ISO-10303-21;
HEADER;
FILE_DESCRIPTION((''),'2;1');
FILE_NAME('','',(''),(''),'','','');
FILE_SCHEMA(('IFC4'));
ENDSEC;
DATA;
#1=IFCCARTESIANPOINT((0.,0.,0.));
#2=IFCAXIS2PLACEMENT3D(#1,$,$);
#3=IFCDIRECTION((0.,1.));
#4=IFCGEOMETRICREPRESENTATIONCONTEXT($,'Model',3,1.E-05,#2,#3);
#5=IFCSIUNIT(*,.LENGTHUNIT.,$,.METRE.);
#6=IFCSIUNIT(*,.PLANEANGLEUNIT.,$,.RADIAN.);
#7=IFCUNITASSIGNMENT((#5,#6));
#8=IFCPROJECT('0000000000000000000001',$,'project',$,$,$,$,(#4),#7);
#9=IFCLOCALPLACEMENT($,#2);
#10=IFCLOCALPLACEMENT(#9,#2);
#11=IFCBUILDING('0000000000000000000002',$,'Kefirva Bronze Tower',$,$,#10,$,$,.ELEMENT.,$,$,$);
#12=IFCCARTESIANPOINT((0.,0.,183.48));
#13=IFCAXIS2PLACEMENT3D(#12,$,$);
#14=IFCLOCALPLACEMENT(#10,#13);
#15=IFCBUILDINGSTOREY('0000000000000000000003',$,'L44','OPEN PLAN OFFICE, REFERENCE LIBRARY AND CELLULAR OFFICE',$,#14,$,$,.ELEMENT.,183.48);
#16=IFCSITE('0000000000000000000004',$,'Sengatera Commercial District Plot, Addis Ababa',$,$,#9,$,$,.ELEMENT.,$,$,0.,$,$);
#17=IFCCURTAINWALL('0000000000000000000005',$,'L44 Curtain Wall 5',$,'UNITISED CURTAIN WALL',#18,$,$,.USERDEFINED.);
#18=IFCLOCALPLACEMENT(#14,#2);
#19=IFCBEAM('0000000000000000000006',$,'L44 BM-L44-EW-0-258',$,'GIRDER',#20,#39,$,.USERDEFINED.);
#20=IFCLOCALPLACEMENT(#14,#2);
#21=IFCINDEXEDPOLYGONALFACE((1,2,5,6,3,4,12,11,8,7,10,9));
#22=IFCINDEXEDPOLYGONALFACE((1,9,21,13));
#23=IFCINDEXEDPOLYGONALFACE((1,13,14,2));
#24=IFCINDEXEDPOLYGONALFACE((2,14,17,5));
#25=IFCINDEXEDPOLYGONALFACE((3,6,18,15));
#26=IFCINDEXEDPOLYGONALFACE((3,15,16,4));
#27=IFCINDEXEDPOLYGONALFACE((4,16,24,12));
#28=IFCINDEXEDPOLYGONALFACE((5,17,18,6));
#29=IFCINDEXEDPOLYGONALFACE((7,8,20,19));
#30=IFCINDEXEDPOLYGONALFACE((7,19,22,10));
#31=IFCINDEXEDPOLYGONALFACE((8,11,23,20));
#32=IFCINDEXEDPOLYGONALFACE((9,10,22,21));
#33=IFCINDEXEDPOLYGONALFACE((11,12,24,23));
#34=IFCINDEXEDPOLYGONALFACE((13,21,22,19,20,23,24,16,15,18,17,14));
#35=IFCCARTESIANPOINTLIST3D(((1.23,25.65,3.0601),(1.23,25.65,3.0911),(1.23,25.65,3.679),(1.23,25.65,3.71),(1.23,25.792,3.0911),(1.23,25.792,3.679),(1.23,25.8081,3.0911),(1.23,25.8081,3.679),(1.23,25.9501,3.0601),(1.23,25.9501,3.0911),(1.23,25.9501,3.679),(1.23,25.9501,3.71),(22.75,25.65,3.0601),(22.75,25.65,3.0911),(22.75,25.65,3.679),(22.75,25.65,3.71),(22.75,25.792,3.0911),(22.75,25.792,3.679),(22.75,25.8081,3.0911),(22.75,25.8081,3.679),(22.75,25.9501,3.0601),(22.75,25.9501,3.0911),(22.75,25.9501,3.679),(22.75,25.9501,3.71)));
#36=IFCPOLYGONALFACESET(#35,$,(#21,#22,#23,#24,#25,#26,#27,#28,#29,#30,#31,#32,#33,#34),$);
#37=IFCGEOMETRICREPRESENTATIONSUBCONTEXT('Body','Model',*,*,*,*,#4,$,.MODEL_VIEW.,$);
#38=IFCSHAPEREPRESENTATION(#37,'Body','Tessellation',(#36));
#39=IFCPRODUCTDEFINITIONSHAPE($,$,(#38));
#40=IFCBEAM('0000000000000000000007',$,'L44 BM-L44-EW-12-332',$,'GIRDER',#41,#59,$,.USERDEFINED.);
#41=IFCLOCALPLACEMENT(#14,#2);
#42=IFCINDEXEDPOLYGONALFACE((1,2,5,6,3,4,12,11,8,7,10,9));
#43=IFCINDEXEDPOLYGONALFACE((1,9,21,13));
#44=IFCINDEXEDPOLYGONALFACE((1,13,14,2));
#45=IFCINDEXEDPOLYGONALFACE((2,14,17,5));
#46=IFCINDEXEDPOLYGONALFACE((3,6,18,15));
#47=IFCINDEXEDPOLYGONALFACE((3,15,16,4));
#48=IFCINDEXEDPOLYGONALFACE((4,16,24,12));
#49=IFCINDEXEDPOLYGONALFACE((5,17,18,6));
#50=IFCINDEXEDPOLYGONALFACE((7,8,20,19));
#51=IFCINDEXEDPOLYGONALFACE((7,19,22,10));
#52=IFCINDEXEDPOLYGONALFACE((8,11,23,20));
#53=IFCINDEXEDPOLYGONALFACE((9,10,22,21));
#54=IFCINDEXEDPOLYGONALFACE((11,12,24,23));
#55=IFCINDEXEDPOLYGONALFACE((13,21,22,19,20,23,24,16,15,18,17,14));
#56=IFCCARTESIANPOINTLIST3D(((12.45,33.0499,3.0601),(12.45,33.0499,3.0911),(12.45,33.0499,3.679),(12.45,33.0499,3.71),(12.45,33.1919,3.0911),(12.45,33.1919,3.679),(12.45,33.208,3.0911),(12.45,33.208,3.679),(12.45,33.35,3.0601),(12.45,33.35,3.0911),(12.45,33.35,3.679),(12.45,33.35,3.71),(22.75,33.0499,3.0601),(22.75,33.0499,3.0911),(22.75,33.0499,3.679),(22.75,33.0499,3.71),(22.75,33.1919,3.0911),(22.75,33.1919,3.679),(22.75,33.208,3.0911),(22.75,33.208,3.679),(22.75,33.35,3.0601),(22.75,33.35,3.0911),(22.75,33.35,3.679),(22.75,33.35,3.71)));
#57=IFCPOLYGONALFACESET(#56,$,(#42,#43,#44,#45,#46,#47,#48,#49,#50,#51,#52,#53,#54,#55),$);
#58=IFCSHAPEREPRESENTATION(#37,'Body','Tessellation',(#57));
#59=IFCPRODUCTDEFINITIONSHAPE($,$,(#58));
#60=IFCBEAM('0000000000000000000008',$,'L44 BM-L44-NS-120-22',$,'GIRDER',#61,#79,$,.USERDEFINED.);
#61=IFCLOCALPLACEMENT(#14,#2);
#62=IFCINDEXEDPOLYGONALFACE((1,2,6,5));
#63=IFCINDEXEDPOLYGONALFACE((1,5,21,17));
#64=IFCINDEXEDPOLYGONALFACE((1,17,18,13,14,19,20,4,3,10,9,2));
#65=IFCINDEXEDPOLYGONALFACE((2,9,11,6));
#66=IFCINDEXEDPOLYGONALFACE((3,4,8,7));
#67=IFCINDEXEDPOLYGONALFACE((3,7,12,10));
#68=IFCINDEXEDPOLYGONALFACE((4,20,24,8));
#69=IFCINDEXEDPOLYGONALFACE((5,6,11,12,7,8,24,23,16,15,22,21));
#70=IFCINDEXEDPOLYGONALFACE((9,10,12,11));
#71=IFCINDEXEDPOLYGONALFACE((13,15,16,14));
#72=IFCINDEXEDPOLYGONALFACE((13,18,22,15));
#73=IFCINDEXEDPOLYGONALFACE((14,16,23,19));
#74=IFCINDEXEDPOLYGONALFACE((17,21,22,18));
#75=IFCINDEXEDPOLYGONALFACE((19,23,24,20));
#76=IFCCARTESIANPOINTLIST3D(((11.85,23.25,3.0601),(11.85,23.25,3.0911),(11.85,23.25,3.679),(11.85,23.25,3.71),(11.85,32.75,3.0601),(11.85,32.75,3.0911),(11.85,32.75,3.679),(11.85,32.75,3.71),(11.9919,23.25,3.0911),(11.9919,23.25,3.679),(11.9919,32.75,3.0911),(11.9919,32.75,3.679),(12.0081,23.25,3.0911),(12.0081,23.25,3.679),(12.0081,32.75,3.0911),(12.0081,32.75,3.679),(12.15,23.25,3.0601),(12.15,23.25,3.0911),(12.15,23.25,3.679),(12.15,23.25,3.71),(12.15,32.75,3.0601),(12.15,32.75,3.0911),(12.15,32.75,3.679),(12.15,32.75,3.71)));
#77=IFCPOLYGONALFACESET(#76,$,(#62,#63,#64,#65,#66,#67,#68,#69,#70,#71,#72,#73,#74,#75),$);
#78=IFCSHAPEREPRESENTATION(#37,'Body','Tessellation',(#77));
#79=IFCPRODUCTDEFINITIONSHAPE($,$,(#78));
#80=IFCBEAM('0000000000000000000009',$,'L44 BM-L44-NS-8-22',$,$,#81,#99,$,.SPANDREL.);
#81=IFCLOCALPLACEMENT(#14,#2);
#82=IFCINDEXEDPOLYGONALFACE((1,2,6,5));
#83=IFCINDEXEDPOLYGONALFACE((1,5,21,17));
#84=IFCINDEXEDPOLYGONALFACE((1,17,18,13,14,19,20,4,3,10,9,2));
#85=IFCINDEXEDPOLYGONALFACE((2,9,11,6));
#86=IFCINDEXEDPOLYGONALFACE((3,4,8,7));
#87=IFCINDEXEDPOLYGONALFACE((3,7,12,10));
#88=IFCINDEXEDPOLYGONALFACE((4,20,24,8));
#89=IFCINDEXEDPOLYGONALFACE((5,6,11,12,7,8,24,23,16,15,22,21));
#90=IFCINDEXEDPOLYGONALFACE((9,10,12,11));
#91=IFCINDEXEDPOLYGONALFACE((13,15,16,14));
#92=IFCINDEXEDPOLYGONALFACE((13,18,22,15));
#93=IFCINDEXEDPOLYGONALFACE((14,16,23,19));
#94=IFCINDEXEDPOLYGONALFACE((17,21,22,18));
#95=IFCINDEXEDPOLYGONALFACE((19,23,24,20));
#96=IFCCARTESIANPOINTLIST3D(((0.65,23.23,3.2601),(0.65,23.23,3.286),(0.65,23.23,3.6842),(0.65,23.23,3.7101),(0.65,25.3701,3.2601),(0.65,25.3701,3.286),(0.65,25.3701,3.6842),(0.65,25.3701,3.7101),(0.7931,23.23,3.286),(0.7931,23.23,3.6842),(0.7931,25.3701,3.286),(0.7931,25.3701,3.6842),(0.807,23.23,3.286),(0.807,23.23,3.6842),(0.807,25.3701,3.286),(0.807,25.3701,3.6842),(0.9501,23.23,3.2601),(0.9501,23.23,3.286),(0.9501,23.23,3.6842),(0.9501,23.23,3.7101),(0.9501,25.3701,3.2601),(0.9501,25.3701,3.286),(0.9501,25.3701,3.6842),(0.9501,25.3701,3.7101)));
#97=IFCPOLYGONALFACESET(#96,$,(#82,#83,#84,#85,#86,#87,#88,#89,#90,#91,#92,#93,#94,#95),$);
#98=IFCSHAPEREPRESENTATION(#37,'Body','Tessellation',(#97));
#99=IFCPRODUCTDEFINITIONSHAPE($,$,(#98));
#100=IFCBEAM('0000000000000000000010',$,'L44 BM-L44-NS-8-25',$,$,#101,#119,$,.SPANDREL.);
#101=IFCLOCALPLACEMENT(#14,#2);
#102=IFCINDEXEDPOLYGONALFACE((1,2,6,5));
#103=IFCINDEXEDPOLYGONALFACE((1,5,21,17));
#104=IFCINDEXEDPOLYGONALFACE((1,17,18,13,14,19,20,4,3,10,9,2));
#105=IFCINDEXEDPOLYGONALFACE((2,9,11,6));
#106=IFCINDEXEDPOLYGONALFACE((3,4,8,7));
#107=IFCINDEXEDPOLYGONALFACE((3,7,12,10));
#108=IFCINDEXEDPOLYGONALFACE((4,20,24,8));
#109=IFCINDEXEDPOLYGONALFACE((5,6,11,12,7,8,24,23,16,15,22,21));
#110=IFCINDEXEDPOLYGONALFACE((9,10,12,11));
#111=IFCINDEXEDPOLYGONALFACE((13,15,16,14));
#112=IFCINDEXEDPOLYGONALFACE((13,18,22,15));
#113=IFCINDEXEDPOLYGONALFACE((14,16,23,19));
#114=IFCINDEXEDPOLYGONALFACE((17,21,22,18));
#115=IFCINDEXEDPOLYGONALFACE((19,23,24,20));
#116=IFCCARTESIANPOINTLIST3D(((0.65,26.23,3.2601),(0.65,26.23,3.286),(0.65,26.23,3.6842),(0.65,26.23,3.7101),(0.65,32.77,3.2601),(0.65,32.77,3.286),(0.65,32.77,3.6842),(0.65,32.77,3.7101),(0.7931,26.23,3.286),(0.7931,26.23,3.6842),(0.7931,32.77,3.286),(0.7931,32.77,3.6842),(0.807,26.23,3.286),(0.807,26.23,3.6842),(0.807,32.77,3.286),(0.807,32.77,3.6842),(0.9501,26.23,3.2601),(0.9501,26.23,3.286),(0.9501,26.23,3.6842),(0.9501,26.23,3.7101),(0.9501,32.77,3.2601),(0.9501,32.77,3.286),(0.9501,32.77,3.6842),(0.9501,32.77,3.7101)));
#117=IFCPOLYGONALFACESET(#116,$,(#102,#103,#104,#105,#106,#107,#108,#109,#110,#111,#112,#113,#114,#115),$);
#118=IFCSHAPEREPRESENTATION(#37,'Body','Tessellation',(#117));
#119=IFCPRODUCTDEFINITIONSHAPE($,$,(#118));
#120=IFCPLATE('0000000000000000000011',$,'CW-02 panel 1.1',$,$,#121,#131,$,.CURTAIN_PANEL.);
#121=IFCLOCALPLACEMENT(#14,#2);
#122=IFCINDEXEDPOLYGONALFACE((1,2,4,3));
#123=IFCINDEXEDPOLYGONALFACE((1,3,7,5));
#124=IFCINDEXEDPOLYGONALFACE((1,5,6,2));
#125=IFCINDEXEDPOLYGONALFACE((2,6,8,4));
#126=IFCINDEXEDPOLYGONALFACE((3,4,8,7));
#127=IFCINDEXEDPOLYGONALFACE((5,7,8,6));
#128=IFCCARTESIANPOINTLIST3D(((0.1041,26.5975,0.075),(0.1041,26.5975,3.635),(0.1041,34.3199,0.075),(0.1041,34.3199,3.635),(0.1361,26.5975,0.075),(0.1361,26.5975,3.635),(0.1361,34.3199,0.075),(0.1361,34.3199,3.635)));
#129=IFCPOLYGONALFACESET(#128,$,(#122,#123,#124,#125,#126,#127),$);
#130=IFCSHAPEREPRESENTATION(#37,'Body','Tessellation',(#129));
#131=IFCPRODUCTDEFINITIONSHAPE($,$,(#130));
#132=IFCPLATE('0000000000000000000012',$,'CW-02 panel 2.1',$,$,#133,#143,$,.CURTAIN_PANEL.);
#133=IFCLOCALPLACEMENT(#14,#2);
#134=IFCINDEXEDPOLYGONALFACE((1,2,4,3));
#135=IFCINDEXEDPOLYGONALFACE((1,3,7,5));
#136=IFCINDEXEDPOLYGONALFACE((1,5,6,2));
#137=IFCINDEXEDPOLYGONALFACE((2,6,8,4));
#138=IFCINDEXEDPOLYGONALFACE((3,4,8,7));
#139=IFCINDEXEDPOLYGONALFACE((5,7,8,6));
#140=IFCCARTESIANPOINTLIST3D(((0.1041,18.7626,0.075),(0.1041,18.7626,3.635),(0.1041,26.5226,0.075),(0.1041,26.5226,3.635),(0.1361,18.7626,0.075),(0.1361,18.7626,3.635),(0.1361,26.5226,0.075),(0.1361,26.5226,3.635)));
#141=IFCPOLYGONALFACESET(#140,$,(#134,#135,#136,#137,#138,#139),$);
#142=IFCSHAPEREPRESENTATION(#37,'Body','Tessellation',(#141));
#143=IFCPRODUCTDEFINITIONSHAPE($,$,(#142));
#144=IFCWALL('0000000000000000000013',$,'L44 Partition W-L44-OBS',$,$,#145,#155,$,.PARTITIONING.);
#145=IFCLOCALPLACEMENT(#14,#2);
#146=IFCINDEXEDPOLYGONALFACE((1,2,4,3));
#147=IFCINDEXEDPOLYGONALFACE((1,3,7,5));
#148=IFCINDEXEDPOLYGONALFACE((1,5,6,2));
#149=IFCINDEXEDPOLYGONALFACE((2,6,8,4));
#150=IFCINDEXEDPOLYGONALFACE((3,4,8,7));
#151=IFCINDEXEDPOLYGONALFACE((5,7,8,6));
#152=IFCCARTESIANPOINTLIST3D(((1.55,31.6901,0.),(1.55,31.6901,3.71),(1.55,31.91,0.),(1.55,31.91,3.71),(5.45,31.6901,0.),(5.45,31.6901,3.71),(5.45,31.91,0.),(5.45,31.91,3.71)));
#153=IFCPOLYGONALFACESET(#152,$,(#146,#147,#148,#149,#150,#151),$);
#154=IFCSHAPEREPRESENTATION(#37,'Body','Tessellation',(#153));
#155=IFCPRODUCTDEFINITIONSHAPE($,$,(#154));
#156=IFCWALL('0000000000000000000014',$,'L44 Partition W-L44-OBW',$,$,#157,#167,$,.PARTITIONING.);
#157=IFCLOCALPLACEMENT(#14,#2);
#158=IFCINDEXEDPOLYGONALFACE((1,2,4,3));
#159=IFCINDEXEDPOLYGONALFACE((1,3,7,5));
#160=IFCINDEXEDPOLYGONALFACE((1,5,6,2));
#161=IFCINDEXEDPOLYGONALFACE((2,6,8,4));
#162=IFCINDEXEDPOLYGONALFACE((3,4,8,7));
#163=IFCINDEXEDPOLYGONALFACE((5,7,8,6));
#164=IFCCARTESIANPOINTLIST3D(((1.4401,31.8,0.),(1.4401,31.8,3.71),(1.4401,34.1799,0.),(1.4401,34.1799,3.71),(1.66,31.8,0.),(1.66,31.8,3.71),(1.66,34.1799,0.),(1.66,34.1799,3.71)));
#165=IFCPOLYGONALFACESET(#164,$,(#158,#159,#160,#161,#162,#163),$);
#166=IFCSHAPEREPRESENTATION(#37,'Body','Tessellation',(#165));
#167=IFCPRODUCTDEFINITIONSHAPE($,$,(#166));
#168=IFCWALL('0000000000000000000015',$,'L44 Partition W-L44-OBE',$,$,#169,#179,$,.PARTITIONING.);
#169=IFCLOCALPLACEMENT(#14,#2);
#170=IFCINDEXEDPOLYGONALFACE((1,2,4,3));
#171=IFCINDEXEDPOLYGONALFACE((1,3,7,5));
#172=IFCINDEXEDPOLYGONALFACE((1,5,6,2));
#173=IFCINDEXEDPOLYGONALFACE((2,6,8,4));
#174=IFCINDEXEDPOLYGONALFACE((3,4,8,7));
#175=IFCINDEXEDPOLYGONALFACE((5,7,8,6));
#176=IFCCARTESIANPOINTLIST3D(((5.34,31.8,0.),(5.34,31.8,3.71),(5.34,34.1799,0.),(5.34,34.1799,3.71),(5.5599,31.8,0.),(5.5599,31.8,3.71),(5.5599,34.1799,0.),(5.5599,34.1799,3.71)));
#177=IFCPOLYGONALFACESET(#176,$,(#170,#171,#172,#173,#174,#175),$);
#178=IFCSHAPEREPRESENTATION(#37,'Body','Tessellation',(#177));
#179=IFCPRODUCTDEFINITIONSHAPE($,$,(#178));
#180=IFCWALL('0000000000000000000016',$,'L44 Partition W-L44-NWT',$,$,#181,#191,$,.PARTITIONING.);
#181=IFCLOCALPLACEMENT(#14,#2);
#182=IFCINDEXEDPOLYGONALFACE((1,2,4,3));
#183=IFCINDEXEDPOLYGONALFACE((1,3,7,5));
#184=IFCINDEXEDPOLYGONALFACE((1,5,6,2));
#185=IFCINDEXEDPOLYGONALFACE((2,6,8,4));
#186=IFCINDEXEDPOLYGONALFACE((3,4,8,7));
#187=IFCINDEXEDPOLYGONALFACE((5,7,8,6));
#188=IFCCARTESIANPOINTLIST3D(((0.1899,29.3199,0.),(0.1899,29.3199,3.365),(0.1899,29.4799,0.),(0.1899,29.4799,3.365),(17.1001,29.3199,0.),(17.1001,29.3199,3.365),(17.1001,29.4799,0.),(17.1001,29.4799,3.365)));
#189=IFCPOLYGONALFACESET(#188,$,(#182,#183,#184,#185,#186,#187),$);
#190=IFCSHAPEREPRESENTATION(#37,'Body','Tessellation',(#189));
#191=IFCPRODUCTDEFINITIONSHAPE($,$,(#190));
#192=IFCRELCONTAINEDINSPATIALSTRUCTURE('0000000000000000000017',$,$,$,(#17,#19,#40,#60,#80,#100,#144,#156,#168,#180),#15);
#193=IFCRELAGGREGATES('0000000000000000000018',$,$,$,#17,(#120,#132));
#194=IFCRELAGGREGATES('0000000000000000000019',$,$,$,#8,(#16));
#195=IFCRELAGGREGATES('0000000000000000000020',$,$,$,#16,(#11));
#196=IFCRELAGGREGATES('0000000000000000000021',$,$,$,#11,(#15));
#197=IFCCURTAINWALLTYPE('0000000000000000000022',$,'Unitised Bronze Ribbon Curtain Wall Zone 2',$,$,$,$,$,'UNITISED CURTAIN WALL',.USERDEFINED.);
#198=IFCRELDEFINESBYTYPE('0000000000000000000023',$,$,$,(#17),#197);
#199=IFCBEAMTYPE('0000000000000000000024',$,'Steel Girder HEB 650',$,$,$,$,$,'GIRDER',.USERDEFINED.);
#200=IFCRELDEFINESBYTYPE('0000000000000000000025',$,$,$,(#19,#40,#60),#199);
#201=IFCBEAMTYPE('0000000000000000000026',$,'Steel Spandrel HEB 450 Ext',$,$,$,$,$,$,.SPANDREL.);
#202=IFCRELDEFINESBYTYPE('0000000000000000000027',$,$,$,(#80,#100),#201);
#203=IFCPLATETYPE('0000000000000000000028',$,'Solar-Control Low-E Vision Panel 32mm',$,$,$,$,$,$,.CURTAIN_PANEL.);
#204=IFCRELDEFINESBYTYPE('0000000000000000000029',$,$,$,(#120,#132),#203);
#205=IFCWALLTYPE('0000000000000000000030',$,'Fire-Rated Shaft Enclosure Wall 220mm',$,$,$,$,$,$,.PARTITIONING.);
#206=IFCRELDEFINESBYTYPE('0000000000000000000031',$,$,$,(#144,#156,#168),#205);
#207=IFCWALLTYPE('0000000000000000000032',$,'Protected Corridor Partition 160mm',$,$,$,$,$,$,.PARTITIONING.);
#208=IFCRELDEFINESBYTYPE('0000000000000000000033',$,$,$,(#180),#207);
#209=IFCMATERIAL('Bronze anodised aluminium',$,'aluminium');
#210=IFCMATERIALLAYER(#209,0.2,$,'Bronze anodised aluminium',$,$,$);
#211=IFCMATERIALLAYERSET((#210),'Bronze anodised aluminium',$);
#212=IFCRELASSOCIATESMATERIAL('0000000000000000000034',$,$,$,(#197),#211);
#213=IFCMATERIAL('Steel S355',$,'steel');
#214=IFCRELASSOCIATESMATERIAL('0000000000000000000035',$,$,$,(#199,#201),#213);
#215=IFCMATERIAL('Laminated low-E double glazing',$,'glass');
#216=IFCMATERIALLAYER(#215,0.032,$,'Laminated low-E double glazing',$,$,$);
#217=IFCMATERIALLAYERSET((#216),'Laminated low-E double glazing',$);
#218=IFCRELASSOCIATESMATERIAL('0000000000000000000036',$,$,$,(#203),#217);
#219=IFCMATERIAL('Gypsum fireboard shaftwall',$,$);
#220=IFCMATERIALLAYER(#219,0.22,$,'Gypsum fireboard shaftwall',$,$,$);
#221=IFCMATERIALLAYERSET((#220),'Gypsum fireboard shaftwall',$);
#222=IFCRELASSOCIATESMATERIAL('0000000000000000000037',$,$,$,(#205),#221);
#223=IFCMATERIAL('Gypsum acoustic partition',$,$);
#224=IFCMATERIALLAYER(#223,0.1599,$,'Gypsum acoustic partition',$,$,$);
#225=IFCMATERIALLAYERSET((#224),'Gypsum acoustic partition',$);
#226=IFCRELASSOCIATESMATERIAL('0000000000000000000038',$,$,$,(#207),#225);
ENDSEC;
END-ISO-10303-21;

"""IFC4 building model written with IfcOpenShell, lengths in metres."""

from ifc_helpers import new_model, si_unit, direction, frame, frame_2d, origin, origin_2d, place, context, subcontext, project, spatial, rectangle, i_section, extrude, material, layer, layer_set, material_profile, profile_set, type_object, element, aggregate, save


model = new_model("IFC4")

# Units and contexts
model_context = context("Model", 3, precision=1e-05, world=origin(), true_north=direction((0.0, 1.0)))
body_context = subcontext(model_context, "Body", "Model", "MODEL_VIEW")
ifc_project = project(units=[si_unit("LENGTHUNIT", "METRE"), si_unit("PLANEANGLEUNIT", "RADIAN")], contexts=[model_context])

# Site, building, storey
site_placement = place(None, origin())
site = spatial("IfcSite", under=ifc_project, at=site_placement, Name="Sengatera Commercial District Plot, Addis Ababa", CompositionType="ELEMENT", RefElevation=0.0)
building_placement = place(site_placement, origin())
building = spatial("IfcBuilding", under=site, at=building_placement, Name="Kefirva Bronze Tower", CompositionType="ELEMENT")
storey_placement = place(building_placement, frame((0.0, 0.0, 183.48)))
storey = spatial("IfcBuildingStorey", under=building, at=storey_placement, Name="L44", Description="OPEN PLAN OFFICE, REFERENCE LIBRARY AND CELLULAR OFFICE", CompositionType="ELEMENT", Elevation=183.48)

# Curtain wall
ifc_material_1 = material(Name="Bronze anodised aluminium", Category="aluminium")
ifc_layer_1 = layer(ifc_material_1, 0.2, Name="Bronze anodised aluminium")
ifc_layer_set_1 = layer_set([ifc_layer_1], Name="Bronze anodised aluminium")
curtain_wall_type = type_object("IfcCurtainWallType", Name="Unitised Bronze Ribbon Curtain Wall Zone 2", ElementType="UNITISED CURTAIN WALL", PredefinedType="USERDEFINED", material=ifc_layer_set_1)
curtain_wall_placement = place(storey_placement, origin())
curtain_wall = element("IfcCurtainWall", 1, at=curtain_wall_placement, inside=storey, type_object=curtain_wall_type, Name="L44 Curtain Wall 5", ObjectType="UNITISED CURTAIN WALL", PredefinedType="USERDEFINED")

# Beams
ifc_material_2 = material(Name="Steel S355", Category="steel")
ifc_material_profile_1 = material_profile(ifc_material_2, i_section(OverallWidth=0.3, OverallDepth=0.6499, WebThickness=0.0161, FlangeThickness=0.031, at=origin_2d()), Name="HEB 650")
ifc_profile_set_1 = profile_set([ifc_material_profile_1], Name="Steel S355")
beam_type_1 = type_object("IfcBeamType", Name="Steel Girder HEB 650", ElementType="GIRDER", PredefinedType="USERDEFINED", material=ifc_profile_set_1)
beam_1_placement = place(storey_placement, frame((1.23, 25.8, 3.385), z_axis=(1.0, 0.0, 0.0), x_axis=(0.0, 1.0, 0.0)))
element("IfcBeam", 2, at=beam_1_placement, inside=storey, type_object=beam_type_1, Name="L44 BM-L44-EW-0-258", ObjectType="GIRDER", PredefinedType="USERDEFINED", context=body_context, shape_type="SweptSolid", body=[
    extrude(i_section(OverallWidth=0.3, OverallDepth=0.6499, WebThickness=0.0161, FlangeThickness=0.031, at=origin_2d()), origin(), (0.0, 0.0, 1.0), 21.52),
])
beam_2_placement = place(storey_placement, frame((12.45, 33.2, 3.385), z_axis=(1.0, 0.0, 0.0), x_axis=(0.0, 1.0, 0.0)))
element("IfcBeam", 3, at=beam_2_placement, inside=storey, type_object=beam_type_1, Name="L44 BM-L44-EW-12-332", ObjectType="GIRDER", PredefinedType="USERDEFINED", context=body_context, shape_type="SweptSolid", body=[
    extrude(i_section(OverallWidth=0.3, OverallDepth=0.6499, WebThickness=0.0161, FlangeThickness=0.031, at=origin_2d()), origin(), (0.0, 0.0, 1.0), 10.3),
])
beam_3_placement = place(storey_placement, frame((12.0, 23.25, 3.385), z_axis=(0.0, 1.0, 0.0), x_axis=(-1.0, 0.0, 0.0)))
element("IfcBeam", 4, at=beam_3_placement, inside=storey, type_object=beam_type_1, Name="L44 BM-L44-NS-120-22", ObjectType="GIRDER", PredefinedType="USERDEFINED", context=body_context, shape_type="SweptSolid", body=[
    extrude(i_section(OverallWidth=0.3, OverallDepth=0.6499, WebThickness=0.0161, FlangeThickness=0.031, at=origin_2d()), origin(), (0.0, 0.0, 1.0), 9.5),
])
ifc_material_profile_2 = material_profile(ifc_material_2, i_section(OverallWidth=0.3, OverallDepth=0.45, WebThickness=0.0139, FlangeThickness=0.0259, at=origin_2d()), Name="HEB 450")
ifc_profile_set_2 = profile_set([ifc_material_profile_2], Name="Steel S355")
beam_type_2 = type_object("IfcBeamType", Name="Steel Spandrel HEB 450 Ext", PredefinedType="SPANDREL", material=ifc_profile_set_2)
beam_4_placement = place(storey_placement, frame((0.8, 23.23, 3.4851), z_axis=(0.0, 1.0, 0.0), x_axis=(-1.0, 0.0, 0.0)))
element("IfcBeam", 5, at=beam_4_placement, inside=storey, type_object=beam_type_2, Name="L44 BM-L44-NS-8-22", PredefinedType="SPANDREL", context=body_context, shape_type="SweptSolid", body=[
    extrude(i_section(OverallWidth=0.3, OverallDepth=0.45, WebThickness=0.0139, FlangeThickness=0.0259, at=origin_2d()), origin(), (0.0, 0.0, 1.0), 2.1401),
])
beam_5_placement = place(storey_placement, frame((0.8, 26.23, 3.4851), z_axis=(0.0, 1.0, 0.0), x_axis=(-1.0, 0.0, 0.0)))
element("IfcBeam", 6, at=beam_5_placement, inside=storey, type_object=beam_type_2, Name="L44 BM-L44-NS-8-25", PredefinedType="SPANDREL", context=body_context, shape_type="SweptSolid", body=[
    extrude(i_section(OverallWidth=0.3, OverallDepth=0.45, WebThickness=0.0139, FlangeThickness=0.0259, at=origin_2d()), origin(), (0.0, 0.0, 1.0), 6.54),
])

# Plates
ifc_material_3 = material(Name="Laminated low-E double glazing", Category="glass")
ifc_layer_2 = layer(ifc_material_3, 0.032, Name="Laminated low-E double glazing")
ifc_layer_set_2 = layer_set([ifc_layer_2], Name="Laminated low-E double glazing")
plate_type = type_object("IfcPlateType", Name="Solar-Control Low-E Vision Panel 32mm", PredefinedType="CURTAIN_PANEL", material=ifc_layer_set_2)
plate_1_placement = place(storey_placement, frame((0.1201, 30.4587, 0.075), z_axis=(0.0, 0.0, 1.0), x_axis=(0.0, -1.0, 0.0)))
plate_1 = element("IfcPlate", 7, at=plate_1_placement, type_object=plate_type, Name="CW-02 panel 1.1", PredefinedType="CURTAIN_PANEL", context=body_context, shape_type="SweptSolid", body=[
    extrude(rectangle(XDim=7.7224, YDim=0.032, at=origin_2d()), origin(), (0.0, 0.0, 1.0), 3.5601),
])
plate_2_placement = place(storey_placement, frame((0.1201, 22.6426, 0.075), z_axis=(0.0, 0.0, 1.0), x_axis=(0.0, -1.0, 0.0)))
plate_2 = element("IfcPlate", 8, at=plate_2_placement, type_object=plate_type, Name="CW-02 panel 2.1", PredefinedType="CURTAIN_PANEL", context=body_context, shape_type="SweptSolid", body=[
    extrude(rectangle(XDim=7.76, YDim=0.032, at=origin_2d()), origin(), (0.0, 0.0, 1.0), 3.5601),
])
aggregate(curtain_wall, [plate_1, plate_2])

# Walls
ifc_material_4 = material(Name="Gypsum fireboard shaftwall")
ifc_layer_3 = layer(ifc_material_4, 0.22, Name="Gypsum fireboard shaftwall")
ifc_layer_set_3 = layer_set([ifc_layer_3], Name="Gypsum fireboard shaftwall")
wall_type_1 = type_object("IfcWallType", Name="Fire-Rated Shaft Enclosure Wall 220mm", PredefinedType="PARTITIONING", material=ifc_layer_set_3)
wall_1_placement = place(storey_placement, frame((1.55, 31.8, 0.0), z_axis=(0.0, 0.0, 1.0), x_axis=(1.0, 0.0, 0.0)))
element("IfcWall", 9, at=wall_1_placement, inside=storey, type_object=wall_type_1, Name="L44 Partition W-L44-OBS", PredefinedType="PARTITIONING", context=body_context, shape_type="SweptSolid", body=[
    extrude(rectangle(XDim=3.8999, YDim=0.22, at=frame_2d((1.95, 0.0))), origin(), (0.0, 0.0, 1.0), 3.71),
])
for number, where, z_axis, x_axis, name in (
    (10, (1.55, 31.8, 0.0), (0.0, 0.0, 1.0), (0.0, 1.0, 0.0), "L44 Partition W-L44-OBW"),
    (11, (5.45, 31.8, 0.0), (0.0, 0.0, 1.0), (0.0, 1.0, 0.0), "L44 Partition W-L44-OBE"),
):
    element("IfcWall", number, at=place(storey_placement, frame(where, z_axis=z_axis, x_axis=x_axis)), inside=storey, type_object=wall_type_1, Name=name, PredefinedType="PARTITIONING", context=body_context, shape_type="SweptSolid", body=[
        extrude(rectangle(XDim=2.3799, YDim=0.22, at=frame_2d((1.1899, 0.0))), origin(), (0.0, 0.0, 1.0), 3.71),
    ])
ifc_material_5 = material(Name="Gypsum acoustic partition")
ifc_layer_4 = layer(ifc_material_5, 0.1599, Name="Gypsum acoustic partition")
ifc_layer_set_4 = layer_set([ifc_layer_4], Name="Gypsum acoustic partition")
wall_type_2 = type_object("IfcWallType", Name="Protected Corridor Partition 160mm", PredefinedType="PARTITIONING", material=ifc_layer_set_4)
wall_2_placement = place(storey_placement, frame((0.1899, 29.3999, 0.0), z_axis=(0.0, 0.0, 1.0), x_axis=(1.0, 0.0, 0.0)))
element("IfcWall", 12, at=wall_2_placement, inside=storey, type_object=wall_type_2, Name="L44 Partition W-L44-NWT", PredefinedType="PARTITIONING", context=body_context, shape_type="SweptSolid", body=[
    extrude(rectangle(XDim=16.9102, YDim=0.1599, at=frame_2d((8.4551, 0.0))), origin(), (0.0, 0.0, 1.0), 3.365),
])

save(model, "model.ifc")
